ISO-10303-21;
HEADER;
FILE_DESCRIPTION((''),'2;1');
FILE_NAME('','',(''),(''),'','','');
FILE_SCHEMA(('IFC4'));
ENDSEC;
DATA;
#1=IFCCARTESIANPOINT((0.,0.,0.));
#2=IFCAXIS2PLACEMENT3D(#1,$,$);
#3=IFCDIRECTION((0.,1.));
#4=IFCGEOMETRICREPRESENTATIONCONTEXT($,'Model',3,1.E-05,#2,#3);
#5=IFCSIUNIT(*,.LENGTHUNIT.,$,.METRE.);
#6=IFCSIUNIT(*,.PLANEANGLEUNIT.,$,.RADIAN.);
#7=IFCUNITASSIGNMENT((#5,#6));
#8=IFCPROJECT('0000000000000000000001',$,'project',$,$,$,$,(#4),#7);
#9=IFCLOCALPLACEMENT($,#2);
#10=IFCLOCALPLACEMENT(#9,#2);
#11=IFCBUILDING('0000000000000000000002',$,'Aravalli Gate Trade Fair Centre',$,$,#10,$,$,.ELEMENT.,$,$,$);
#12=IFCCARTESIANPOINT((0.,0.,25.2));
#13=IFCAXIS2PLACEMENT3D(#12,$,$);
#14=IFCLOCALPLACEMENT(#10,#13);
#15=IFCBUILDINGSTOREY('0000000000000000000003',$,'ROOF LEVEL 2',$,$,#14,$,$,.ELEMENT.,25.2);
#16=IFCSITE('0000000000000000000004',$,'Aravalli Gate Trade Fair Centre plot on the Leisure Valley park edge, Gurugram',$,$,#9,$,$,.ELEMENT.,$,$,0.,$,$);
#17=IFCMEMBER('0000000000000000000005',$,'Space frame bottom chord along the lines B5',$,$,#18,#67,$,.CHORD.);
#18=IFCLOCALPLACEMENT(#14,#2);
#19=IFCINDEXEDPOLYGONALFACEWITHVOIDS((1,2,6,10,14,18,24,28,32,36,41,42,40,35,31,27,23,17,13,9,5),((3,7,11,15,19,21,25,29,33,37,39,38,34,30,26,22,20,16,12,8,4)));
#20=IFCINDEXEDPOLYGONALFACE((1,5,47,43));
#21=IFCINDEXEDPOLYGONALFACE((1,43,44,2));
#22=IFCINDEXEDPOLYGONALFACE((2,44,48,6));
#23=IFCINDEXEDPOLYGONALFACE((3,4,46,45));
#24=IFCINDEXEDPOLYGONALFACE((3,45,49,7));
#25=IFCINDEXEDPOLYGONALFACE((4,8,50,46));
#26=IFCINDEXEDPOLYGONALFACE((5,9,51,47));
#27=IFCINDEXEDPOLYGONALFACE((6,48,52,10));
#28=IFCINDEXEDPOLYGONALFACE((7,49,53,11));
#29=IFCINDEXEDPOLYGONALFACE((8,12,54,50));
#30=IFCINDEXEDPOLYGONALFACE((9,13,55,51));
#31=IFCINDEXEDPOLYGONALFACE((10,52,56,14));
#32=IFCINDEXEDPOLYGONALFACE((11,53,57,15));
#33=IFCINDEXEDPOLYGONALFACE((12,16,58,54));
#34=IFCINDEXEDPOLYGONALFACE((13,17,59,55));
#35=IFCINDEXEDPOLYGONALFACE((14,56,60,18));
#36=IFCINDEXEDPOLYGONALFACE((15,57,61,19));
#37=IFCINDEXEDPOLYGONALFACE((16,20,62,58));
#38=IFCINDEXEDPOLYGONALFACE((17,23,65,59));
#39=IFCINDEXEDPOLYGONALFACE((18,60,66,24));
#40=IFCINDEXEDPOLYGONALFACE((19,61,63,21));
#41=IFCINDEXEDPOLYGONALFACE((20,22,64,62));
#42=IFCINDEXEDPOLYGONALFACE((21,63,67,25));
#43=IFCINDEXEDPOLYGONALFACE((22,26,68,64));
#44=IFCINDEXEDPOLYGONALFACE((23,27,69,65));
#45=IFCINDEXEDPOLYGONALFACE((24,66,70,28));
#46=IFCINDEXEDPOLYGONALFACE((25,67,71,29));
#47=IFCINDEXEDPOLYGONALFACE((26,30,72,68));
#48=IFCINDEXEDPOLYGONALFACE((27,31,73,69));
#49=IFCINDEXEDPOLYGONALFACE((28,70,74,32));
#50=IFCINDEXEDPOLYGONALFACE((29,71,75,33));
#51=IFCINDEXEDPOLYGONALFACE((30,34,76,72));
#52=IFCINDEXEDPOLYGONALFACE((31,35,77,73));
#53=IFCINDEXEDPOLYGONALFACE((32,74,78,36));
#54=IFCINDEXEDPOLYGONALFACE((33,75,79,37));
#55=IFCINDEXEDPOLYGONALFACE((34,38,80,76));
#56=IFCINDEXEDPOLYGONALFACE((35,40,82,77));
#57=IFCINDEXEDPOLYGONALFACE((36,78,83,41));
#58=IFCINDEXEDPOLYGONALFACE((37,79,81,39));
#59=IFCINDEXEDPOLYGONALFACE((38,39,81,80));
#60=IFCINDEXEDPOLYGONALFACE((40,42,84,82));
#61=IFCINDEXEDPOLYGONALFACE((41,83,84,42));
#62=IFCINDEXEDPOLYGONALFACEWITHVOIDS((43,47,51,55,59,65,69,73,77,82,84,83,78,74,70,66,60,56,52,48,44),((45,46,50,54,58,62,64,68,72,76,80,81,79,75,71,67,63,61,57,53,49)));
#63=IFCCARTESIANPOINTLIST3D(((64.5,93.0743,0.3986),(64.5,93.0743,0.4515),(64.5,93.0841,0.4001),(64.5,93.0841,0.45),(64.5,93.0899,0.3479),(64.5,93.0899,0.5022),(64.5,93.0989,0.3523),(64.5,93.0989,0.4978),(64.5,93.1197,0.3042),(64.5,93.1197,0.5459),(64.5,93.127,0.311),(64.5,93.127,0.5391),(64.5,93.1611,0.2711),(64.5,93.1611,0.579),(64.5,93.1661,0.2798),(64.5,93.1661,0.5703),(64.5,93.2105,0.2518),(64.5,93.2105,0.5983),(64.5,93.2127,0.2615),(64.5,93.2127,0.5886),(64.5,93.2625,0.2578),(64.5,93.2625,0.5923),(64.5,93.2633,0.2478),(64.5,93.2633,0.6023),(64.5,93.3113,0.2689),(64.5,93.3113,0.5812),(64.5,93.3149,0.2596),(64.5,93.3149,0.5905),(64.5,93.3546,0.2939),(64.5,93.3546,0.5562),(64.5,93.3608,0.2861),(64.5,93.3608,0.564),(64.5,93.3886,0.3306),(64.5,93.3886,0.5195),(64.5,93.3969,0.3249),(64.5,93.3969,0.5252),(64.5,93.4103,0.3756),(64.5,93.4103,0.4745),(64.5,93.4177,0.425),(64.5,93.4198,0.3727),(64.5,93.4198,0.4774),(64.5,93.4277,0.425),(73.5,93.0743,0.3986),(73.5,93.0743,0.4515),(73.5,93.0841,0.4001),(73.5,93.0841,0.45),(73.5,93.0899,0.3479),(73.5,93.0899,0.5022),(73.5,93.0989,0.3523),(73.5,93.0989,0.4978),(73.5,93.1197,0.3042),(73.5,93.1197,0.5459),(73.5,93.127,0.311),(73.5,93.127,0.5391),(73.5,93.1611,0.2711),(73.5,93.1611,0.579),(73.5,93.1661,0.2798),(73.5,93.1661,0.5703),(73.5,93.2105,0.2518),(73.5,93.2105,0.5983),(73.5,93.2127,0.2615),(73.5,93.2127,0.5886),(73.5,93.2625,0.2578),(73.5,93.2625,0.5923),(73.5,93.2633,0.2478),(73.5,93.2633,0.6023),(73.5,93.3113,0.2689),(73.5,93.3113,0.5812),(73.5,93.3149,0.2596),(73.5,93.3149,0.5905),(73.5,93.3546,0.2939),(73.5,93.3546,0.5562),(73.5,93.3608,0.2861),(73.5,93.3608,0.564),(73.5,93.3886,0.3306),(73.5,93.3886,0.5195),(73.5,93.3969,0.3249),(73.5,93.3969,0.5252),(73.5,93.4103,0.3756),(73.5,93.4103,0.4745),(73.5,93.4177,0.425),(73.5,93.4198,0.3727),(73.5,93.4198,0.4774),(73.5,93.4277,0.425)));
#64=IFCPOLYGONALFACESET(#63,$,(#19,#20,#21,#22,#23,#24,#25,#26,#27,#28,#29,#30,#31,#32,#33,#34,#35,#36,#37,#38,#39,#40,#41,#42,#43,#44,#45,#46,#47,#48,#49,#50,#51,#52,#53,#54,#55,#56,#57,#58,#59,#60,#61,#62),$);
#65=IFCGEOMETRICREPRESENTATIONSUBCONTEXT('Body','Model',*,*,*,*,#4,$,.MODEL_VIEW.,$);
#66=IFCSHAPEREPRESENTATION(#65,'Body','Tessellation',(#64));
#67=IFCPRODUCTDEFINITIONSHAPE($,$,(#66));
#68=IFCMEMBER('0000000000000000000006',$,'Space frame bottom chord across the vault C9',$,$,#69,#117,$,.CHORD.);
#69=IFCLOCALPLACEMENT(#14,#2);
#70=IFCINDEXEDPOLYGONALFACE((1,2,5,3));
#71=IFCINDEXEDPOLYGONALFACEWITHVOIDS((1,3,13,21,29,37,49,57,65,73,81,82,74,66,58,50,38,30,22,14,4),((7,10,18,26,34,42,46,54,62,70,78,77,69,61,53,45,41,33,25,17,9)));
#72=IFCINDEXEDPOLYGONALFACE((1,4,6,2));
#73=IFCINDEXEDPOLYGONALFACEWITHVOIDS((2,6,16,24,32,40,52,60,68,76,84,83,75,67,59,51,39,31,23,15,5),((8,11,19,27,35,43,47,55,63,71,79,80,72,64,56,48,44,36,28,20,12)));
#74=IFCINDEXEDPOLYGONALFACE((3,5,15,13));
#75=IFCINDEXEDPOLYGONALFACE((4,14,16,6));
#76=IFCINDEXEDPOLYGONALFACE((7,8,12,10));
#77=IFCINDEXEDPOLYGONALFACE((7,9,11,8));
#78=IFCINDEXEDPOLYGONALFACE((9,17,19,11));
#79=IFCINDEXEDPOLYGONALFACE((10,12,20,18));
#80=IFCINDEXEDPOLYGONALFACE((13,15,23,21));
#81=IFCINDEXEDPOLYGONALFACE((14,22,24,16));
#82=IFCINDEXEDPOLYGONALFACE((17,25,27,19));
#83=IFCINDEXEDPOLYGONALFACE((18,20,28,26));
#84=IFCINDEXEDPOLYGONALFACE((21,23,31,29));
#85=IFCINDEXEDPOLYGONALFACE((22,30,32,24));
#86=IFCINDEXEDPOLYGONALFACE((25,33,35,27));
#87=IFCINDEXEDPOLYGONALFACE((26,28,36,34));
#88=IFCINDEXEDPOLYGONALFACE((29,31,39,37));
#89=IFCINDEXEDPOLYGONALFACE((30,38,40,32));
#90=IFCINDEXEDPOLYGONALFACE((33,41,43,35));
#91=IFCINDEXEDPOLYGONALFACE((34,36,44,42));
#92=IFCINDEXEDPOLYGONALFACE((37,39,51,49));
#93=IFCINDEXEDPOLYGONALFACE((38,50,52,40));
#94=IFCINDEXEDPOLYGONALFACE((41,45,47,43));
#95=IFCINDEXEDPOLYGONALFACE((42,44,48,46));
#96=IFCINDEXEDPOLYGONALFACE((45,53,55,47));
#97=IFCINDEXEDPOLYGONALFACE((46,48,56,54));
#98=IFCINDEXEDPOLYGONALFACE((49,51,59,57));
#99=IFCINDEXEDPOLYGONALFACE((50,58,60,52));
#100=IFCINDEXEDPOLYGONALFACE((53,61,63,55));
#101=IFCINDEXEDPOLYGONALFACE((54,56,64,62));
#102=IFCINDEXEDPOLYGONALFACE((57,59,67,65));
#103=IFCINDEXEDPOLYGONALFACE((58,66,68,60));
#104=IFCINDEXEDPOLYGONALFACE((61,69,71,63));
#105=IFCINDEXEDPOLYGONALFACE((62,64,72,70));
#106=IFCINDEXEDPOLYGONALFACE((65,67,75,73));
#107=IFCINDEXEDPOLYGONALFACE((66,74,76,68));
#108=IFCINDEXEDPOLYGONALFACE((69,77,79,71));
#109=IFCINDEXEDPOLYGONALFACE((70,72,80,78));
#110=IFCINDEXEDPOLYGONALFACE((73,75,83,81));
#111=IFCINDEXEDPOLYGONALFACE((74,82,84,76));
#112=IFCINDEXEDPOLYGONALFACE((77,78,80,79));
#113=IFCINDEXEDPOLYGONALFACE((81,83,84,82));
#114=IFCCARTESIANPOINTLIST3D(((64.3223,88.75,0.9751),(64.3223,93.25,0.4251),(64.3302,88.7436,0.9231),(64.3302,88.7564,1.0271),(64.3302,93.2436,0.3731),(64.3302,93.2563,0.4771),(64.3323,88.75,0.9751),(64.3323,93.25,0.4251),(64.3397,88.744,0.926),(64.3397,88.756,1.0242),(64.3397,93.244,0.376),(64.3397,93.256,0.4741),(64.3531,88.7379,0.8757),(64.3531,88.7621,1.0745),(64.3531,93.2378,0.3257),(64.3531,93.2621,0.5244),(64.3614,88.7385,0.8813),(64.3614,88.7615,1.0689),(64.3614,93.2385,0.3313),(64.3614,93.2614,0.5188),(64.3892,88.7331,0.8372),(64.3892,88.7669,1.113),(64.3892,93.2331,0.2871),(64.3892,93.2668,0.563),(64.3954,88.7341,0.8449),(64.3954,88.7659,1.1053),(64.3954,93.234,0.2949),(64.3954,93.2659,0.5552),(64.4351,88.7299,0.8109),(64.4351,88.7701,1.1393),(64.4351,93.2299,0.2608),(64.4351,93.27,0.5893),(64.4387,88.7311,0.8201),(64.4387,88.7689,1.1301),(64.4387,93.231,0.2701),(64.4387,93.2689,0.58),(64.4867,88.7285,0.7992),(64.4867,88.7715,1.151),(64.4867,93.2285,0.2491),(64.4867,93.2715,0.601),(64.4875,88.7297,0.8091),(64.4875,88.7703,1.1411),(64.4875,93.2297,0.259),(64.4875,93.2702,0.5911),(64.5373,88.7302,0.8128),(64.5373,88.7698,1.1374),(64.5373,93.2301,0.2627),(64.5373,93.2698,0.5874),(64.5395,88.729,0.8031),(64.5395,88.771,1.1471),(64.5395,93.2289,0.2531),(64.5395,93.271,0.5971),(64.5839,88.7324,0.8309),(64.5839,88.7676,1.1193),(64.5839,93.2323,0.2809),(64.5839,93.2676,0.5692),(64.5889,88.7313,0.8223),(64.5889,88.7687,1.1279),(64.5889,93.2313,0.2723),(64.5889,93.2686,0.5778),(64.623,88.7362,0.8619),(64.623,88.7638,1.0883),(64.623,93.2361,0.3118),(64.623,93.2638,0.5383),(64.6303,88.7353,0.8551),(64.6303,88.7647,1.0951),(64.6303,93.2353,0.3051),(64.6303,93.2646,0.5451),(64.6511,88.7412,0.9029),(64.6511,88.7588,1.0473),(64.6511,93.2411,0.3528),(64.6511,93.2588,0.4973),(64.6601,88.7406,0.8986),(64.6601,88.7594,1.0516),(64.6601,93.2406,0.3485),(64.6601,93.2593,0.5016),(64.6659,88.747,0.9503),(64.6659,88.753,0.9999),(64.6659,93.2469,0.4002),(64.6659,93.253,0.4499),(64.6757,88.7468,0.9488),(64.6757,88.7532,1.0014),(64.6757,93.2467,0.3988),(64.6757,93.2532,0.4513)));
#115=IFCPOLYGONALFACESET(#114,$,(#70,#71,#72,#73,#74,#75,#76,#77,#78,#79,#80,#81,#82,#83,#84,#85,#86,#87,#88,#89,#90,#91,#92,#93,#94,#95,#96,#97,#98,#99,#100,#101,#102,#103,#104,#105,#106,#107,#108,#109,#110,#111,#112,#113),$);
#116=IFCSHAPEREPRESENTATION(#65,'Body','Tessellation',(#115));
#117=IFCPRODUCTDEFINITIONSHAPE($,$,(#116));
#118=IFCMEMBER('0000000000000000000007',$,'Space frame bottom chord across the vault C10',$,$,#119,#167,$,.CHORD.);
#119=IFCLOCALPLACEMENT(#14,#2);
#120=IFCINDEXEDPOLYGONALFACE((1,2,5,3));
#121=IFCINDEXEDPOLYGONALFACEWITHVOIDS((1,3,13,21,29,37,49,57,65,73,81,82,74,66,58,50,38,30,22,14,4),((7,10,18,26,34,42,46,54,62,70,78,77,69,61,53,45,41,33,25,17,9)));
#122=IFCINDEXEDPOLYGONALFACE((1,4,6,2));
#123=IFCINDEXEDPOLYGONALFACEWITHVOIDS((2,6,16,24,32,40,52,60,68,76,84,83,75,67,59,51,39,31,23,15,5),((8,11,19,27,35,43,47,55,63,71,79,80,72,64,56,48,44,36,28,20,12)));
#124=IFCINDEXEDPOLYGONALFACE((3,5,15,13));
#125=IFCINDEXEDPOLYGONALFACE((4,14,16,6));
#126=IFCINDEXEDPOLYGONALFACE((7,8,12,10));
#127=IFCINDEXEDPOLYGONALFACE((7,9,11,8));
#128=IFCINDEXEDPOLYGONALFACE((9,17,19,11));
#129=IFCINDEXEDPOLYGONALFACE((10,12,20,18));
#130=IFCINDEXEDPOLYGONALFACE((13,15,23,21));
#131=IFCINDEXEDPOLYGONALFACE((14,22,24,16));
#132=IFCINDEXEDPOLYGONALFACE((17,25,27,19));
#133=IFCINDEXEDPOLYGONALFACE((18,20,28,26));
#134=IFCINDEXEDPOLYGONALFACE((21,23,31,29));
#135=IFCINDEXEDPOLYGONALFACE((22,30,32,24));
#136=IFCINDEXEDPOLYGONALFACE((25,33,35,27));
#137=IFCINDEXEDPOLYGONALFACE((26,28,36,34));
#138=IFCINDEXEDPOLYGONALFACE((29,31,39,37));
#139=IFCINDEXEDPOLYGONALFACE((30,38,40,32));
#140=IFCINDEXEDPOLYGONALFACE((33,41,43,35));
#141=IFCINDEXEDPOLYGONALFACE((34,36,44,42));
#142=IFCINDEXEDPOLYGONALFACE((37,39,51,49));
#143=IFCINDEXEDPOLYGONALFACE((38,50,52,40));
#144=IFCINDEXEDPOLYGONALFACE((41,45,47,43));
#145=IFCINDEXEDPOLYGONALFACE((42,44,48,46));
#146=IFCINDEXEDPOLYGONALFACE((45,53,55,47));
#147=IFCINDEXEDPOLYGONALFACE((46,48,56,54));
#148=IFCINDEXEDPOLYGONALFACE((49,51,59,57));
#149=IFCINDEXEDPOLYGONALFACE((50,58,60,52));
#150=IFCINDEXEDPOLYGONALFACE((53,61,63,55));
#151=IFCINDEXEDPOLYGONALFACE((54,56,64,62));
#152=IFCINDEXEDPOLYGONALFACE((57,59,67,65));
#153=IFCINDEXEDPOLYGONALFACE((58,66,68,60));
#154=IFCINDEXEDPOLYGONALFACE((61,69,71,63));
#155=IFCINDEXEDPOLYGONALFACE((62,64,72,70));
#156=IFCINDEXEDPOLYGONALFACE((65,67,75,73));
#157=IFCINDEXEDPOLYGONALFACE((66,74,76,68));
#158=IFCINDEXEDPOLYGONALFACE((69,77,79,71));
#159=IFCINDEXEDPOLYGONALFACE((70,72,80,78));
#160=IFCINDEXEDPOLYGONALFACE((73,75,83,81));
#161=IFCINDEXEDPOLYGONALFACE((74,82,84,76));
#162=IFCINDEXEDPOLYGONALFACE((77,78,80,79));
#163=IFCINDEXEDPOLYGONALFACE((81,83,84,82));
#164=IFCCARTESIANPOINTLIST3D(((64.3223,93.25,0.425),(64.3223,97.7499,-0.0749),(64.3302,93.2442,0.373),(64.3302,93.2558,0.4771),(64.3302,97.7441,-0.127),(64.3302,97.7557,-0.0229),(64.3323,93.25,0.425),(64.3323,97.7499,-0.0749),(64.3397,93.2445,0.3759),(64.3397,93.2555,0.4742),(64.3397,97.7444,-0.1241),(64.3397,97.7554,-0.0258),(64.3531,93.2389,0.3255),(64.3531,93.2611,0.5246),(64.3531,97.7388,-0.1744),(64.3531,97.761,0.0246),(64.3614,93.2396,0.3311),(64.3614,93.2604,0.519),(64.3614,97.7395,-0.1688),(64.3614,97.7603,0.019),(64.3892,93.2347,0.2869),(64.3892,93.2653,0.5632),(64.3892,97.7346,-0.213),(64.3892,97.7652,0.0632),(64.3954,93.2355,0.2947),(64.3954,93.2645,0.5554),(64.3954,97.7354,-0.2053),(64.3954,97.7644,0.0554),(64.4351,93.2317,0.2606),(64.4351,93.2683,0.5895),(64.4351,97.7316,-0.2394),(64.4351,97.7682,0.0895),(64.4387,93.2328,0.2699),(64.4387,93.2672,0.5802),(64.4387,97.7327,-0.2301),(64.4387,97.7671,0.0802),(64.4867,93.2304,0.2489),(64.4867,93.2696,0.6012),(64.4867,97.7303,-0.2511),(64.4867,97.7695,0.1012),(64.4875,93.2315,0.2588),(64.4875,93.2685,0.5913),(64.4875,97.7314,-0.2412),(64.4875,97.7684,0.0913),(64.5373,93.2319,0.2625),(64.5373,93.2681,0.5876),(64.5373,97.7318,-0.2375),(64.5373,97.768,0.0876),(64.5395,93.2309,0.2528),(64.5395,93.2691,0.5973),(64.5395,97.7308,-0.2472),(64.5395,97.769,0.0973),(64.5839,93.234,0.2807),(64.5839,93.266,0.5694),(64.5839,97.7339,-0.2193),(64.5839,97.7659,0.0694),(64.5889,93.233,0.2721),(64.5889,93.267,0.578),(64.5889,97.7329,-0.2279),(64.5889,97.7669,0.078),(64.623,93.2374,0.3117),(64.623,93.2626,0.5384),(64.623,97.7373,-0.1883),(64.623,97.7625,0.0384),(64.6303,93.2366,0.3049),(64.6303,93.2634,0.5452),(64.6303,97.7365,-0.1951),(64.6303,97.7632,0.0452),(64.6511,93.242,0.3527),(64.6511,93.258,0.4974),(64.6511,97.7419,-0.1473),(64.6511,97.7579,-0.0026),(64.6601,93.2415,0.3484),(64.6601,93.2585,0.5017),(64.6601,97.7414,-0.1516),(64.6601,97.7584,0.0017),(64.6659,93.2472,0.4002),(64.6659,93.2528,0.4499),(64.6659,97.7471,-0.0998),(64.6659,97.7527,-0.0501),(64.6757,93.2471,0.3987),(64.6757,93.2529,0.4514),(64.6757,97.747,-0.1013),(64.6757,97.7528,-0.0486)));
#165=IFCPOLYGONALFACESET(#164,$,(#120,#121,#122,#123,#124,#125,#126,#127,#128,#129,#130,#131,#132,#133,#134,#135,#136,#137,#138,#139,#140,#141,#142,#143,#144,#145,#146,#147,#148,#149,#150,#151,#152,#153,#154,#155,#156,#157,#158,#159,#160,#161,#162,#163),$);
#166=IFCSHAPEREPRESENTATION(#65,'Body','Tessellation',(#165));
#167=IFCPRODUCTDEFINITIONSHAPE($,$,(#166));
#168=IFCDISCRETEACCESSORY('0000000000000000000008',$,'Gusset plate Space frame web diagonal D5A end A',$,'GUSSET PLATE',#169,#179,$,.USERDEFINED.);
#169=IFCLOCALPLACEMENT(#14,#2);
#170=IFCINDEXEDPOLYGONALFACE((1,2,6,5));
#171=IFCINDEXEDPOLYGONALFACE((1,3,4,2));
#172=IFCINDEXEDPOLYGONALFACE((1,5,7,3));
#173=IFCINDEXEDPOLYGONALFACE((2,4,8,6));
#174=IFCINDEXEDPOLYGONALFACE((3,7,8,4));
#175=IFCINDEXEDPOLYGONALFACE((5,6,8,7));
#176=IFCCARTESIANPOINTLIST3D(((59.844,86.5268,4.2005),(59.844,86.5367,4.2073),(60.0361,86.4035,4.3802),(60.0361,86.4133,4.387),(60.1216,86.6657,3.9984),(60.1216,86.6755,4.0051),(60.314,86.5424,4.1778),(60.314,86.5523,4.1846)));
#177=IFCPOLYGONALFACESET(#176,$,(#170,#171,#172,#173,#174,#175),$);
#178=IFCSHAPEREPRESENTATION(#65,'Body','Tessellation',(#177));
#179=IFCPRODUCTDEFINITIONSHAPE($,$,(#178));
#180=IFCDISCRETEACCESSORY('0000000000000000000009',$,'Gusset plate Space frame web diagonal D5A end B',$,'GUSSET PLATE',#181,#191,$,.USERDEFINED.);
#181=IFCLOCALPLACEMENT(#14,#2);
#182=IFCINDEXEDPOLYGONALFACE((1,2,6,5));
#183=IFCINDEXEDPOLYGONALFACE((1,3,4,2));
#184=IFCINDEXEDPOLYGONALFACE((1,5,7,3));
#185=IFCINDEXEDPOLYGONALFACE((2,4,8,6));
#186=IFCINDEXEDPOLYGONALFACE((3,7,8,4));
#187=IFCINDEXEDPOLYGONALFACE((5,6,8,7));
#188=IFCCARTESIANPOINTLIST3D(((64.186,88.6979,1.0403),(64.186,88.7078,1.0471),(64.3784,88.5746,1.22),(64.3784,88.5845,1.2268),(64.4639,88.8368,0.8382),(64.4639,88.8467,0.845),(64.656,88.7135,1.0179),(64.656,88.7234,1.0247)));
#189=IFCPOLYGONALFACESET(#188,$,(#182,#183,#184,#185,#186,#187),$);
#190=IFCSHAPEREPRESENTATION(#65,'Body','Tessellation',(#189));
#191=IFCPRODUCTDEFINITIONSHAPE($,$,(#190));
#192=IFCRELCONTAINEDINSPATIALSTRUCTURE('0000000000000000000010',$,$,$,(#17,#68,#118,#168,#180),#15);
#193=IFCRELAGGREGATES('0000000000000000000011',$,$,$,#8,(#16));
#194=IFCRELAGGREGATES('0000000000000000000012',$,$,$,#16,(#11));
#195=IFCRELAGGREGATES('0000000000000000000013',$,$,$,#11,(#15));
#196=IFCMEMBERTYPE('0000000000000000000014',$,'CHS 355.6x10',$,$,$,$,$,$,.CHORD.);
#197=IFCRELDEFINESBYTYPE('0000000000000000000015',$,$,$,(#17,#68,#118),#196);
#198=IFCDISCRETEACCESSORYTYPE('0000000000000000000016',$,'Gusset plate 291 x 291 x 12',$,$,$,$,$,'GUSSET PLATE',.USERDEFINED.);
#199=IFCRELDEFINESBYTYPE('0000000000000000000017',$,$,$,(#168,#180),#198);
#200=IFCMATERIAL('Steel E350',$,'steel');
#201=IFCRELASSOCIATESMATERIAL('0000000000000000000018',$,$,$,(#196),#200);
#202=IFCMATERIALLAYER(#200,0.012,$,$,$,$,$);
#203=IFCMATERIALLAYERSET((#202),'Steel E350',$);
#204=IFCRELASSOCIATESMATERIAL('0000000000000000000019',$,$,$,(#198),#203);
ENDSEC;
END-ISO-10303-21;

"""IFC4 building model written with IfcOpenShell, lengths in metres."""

from ifc_helpers import new_model, si_unit, direction, frame, origin, origin_2d, place, context, subcontext, project, spatial, polyline, hollow_circle, outline, extrude, material, layer, layer_set, material_profile, profile_set, type_object, element, save


model = new_model("IFC4")

# Units and contexts
model_context = context("Model", 3, precision=1e-05, world=origin(), true_north=direction((0.0, 1.0)))
body_context = subcontext(model_context, "Body", "Model", "MODEL_VIEW")
ifc_project = project(units=[si_unit("LENGTHUNIT", "METRE"), si_unit("PLANEANGLEUNIT", "RADIAN")], contexts=[model_context])

# Site, building, storey
site_placement = place(None, origin())
site = spatial("IfcSite", under=ifc_project, at=site_placement, Name="Aravalli Gate Trade Fair Centre plot on the Leisure Valley park edge, Gurugram", CompositionType="ELEMENT", RefElevation=0.0)
building_placement = place(site_placement, origin())
building = spatial("IfcBuilding", under=site, at=building_placement, Name="Aravalli Gate Trade Fair Centre", CompositionType="ELEMENT")
storey_placement = place(building_placement, frame((0.0, 0.0, 25.2)))
storey = spatial("IfcBuildingStorey", under=building, at=storey_placement, Name="ROOF LEVEL 2", CompositionType="ELEMENT", Elevation=25.2)

# Members
ifc_material = material(Name="Steel E350", Category="steel")
ifc_material_profile_1 = material_profile(ifc_material, hollow_circle(Radius=0.1777, WallThickness=0.01, at=origin_2d()), Name="CHS 355.6x10")
ifc_profile_set_1 = profile_set([ifc_material_profile_1], Name="Steel E350")
member_type_1 = type_object("IfcMemberType", Name="CHS 355.6x10", PredefinedType="CHORD", material=ifc_profile_set_1)
for number, where, z_axis, x_axis, name in (
    (1, (64.5, 93.25, 0.425), (1.0, 0.0, 0.0), (0.0, 1.0, 0.0), "Space frame bottom chord along the lines B5"),
):
    element("IfcMember", number, at=place(storey_placement, frame(where, z_axis=z_axis, x_axis=x_axis)), inside=storey, type_object=member_type_1, Name=name, PredefinedType="CHORD", context=body_context, shape_type="SweptSolid", body=[
        extrude(hollow_circle(Radius=0.1777, WallThickness=0.01, at=origin_2d()), origin(), (0.0, 0.0, 1.0), 9.0),
    ])
member_1_placement = place(storey_placement, frame((64.5, 88.75, 0.9751), z_axis=(0.0, 0.992612, -0.12133), x_axis=(-1.0, 0.0, 0.0)))
element("IfcMember", 2, at=member_1_placement, inside=storey, type_object=member_type_1, Name="Space frame bottom chord across the vault C9", PredefinedType="CHORD", context=body_context, shape_type="SweptSolid", body=[
    extrude(hollow_circle(Radius=0.1777, WallThickness=0.01, at=origin_2d()), origin(), (0.0, 0.0, 1.0), 4.5334),
])
member_2_placement = place(storey_placement, frame((64.5, 93.25, 0.425), z_axis=(0.0, 0.993884, -0.110432), x_axis=(-1.0, 0.0, 0.0)))
element("IfcMember", 3, at=member_2_placement, inside=storey, type_object=member_type_1, Name="Space frame bottom chord across the vault C10", PredefinedType="CHORD", context=body_context, shape_type="SweptSolid", body=[
    extrude(hollow_circle(Radius=0.1777, WallThickness=0.01, at=origin_2d()), origin(), (0.0, 0.0, 1.0), 4.5276),
])

# Discrete accessories
ifc_layer = layer(ifc_material, 0.012)
ifc_layer_set = layer_set([ifc_layer], Name="Steel E350")
discrete_accessory_type = type_object("IfcDiscreteAccessoryType", Name="Gusset plate 291 x 291 x 12", ElementType="GUSSET PLATE", PredefinedType="USERDEFINED", material=ifc_layer_set)
discrete_accessory_1_placement = place(storey_placement, frame((60.1216, 86.6755, 4.0051), z_axis=(-0.000059, 0.824356, 0.566072), x_axis=(-0.749371, -0.374861, 0.545822)))
element("IfcDiscreteAccessory", 4, at=discrete_accessory_1_placement, inside=storey, type_object=discrete_accessory_type, Name="Gusset plate Space frame web diagonal D5A end A", ObjectType="GUSSET PLATE", PredefinedType="USERDEFINED", context=body_context, shape_type="SweptSolid", body=[
    extrude(outline(polyline([(0.0, 0.0), (0.3704, 0.0), (0.3707, 0.2905), (0.0, 0.2905), (0.0, 0.0)])), origin(), (0.0, 0.0, -1.0), 0.012),
])
discrete_accessory_2_placement = place(storey_placement, frame((64.186, 88.7078, 1.0471), z_axis=(-0.000356, 0.824387, 0.566027), x_axis=(0.74966, 0.37483, -0.545447)))
element("IfcDiscreteAccessory", 5, at=discrete_accessory_2_placement, inside=storey, type_object=discrete_accessory_type, Name="Gusset plate Space frame web diagonal D5A end B", ObjectType="GUSSET PLATE", PredefinedType="USERDEFINED", context=body_context, shape_type="SweptSolid", body=[
    extrude(outline(polyline([(0.0, 0.0), (0.3706, 0.0), (0.3704, -0.2905), (0.0, -0.2907), (0.0, 0.0)])), origin(), (0.0, 0.0, -1.0), 0.012),
])

save(model, "model.ifc")
